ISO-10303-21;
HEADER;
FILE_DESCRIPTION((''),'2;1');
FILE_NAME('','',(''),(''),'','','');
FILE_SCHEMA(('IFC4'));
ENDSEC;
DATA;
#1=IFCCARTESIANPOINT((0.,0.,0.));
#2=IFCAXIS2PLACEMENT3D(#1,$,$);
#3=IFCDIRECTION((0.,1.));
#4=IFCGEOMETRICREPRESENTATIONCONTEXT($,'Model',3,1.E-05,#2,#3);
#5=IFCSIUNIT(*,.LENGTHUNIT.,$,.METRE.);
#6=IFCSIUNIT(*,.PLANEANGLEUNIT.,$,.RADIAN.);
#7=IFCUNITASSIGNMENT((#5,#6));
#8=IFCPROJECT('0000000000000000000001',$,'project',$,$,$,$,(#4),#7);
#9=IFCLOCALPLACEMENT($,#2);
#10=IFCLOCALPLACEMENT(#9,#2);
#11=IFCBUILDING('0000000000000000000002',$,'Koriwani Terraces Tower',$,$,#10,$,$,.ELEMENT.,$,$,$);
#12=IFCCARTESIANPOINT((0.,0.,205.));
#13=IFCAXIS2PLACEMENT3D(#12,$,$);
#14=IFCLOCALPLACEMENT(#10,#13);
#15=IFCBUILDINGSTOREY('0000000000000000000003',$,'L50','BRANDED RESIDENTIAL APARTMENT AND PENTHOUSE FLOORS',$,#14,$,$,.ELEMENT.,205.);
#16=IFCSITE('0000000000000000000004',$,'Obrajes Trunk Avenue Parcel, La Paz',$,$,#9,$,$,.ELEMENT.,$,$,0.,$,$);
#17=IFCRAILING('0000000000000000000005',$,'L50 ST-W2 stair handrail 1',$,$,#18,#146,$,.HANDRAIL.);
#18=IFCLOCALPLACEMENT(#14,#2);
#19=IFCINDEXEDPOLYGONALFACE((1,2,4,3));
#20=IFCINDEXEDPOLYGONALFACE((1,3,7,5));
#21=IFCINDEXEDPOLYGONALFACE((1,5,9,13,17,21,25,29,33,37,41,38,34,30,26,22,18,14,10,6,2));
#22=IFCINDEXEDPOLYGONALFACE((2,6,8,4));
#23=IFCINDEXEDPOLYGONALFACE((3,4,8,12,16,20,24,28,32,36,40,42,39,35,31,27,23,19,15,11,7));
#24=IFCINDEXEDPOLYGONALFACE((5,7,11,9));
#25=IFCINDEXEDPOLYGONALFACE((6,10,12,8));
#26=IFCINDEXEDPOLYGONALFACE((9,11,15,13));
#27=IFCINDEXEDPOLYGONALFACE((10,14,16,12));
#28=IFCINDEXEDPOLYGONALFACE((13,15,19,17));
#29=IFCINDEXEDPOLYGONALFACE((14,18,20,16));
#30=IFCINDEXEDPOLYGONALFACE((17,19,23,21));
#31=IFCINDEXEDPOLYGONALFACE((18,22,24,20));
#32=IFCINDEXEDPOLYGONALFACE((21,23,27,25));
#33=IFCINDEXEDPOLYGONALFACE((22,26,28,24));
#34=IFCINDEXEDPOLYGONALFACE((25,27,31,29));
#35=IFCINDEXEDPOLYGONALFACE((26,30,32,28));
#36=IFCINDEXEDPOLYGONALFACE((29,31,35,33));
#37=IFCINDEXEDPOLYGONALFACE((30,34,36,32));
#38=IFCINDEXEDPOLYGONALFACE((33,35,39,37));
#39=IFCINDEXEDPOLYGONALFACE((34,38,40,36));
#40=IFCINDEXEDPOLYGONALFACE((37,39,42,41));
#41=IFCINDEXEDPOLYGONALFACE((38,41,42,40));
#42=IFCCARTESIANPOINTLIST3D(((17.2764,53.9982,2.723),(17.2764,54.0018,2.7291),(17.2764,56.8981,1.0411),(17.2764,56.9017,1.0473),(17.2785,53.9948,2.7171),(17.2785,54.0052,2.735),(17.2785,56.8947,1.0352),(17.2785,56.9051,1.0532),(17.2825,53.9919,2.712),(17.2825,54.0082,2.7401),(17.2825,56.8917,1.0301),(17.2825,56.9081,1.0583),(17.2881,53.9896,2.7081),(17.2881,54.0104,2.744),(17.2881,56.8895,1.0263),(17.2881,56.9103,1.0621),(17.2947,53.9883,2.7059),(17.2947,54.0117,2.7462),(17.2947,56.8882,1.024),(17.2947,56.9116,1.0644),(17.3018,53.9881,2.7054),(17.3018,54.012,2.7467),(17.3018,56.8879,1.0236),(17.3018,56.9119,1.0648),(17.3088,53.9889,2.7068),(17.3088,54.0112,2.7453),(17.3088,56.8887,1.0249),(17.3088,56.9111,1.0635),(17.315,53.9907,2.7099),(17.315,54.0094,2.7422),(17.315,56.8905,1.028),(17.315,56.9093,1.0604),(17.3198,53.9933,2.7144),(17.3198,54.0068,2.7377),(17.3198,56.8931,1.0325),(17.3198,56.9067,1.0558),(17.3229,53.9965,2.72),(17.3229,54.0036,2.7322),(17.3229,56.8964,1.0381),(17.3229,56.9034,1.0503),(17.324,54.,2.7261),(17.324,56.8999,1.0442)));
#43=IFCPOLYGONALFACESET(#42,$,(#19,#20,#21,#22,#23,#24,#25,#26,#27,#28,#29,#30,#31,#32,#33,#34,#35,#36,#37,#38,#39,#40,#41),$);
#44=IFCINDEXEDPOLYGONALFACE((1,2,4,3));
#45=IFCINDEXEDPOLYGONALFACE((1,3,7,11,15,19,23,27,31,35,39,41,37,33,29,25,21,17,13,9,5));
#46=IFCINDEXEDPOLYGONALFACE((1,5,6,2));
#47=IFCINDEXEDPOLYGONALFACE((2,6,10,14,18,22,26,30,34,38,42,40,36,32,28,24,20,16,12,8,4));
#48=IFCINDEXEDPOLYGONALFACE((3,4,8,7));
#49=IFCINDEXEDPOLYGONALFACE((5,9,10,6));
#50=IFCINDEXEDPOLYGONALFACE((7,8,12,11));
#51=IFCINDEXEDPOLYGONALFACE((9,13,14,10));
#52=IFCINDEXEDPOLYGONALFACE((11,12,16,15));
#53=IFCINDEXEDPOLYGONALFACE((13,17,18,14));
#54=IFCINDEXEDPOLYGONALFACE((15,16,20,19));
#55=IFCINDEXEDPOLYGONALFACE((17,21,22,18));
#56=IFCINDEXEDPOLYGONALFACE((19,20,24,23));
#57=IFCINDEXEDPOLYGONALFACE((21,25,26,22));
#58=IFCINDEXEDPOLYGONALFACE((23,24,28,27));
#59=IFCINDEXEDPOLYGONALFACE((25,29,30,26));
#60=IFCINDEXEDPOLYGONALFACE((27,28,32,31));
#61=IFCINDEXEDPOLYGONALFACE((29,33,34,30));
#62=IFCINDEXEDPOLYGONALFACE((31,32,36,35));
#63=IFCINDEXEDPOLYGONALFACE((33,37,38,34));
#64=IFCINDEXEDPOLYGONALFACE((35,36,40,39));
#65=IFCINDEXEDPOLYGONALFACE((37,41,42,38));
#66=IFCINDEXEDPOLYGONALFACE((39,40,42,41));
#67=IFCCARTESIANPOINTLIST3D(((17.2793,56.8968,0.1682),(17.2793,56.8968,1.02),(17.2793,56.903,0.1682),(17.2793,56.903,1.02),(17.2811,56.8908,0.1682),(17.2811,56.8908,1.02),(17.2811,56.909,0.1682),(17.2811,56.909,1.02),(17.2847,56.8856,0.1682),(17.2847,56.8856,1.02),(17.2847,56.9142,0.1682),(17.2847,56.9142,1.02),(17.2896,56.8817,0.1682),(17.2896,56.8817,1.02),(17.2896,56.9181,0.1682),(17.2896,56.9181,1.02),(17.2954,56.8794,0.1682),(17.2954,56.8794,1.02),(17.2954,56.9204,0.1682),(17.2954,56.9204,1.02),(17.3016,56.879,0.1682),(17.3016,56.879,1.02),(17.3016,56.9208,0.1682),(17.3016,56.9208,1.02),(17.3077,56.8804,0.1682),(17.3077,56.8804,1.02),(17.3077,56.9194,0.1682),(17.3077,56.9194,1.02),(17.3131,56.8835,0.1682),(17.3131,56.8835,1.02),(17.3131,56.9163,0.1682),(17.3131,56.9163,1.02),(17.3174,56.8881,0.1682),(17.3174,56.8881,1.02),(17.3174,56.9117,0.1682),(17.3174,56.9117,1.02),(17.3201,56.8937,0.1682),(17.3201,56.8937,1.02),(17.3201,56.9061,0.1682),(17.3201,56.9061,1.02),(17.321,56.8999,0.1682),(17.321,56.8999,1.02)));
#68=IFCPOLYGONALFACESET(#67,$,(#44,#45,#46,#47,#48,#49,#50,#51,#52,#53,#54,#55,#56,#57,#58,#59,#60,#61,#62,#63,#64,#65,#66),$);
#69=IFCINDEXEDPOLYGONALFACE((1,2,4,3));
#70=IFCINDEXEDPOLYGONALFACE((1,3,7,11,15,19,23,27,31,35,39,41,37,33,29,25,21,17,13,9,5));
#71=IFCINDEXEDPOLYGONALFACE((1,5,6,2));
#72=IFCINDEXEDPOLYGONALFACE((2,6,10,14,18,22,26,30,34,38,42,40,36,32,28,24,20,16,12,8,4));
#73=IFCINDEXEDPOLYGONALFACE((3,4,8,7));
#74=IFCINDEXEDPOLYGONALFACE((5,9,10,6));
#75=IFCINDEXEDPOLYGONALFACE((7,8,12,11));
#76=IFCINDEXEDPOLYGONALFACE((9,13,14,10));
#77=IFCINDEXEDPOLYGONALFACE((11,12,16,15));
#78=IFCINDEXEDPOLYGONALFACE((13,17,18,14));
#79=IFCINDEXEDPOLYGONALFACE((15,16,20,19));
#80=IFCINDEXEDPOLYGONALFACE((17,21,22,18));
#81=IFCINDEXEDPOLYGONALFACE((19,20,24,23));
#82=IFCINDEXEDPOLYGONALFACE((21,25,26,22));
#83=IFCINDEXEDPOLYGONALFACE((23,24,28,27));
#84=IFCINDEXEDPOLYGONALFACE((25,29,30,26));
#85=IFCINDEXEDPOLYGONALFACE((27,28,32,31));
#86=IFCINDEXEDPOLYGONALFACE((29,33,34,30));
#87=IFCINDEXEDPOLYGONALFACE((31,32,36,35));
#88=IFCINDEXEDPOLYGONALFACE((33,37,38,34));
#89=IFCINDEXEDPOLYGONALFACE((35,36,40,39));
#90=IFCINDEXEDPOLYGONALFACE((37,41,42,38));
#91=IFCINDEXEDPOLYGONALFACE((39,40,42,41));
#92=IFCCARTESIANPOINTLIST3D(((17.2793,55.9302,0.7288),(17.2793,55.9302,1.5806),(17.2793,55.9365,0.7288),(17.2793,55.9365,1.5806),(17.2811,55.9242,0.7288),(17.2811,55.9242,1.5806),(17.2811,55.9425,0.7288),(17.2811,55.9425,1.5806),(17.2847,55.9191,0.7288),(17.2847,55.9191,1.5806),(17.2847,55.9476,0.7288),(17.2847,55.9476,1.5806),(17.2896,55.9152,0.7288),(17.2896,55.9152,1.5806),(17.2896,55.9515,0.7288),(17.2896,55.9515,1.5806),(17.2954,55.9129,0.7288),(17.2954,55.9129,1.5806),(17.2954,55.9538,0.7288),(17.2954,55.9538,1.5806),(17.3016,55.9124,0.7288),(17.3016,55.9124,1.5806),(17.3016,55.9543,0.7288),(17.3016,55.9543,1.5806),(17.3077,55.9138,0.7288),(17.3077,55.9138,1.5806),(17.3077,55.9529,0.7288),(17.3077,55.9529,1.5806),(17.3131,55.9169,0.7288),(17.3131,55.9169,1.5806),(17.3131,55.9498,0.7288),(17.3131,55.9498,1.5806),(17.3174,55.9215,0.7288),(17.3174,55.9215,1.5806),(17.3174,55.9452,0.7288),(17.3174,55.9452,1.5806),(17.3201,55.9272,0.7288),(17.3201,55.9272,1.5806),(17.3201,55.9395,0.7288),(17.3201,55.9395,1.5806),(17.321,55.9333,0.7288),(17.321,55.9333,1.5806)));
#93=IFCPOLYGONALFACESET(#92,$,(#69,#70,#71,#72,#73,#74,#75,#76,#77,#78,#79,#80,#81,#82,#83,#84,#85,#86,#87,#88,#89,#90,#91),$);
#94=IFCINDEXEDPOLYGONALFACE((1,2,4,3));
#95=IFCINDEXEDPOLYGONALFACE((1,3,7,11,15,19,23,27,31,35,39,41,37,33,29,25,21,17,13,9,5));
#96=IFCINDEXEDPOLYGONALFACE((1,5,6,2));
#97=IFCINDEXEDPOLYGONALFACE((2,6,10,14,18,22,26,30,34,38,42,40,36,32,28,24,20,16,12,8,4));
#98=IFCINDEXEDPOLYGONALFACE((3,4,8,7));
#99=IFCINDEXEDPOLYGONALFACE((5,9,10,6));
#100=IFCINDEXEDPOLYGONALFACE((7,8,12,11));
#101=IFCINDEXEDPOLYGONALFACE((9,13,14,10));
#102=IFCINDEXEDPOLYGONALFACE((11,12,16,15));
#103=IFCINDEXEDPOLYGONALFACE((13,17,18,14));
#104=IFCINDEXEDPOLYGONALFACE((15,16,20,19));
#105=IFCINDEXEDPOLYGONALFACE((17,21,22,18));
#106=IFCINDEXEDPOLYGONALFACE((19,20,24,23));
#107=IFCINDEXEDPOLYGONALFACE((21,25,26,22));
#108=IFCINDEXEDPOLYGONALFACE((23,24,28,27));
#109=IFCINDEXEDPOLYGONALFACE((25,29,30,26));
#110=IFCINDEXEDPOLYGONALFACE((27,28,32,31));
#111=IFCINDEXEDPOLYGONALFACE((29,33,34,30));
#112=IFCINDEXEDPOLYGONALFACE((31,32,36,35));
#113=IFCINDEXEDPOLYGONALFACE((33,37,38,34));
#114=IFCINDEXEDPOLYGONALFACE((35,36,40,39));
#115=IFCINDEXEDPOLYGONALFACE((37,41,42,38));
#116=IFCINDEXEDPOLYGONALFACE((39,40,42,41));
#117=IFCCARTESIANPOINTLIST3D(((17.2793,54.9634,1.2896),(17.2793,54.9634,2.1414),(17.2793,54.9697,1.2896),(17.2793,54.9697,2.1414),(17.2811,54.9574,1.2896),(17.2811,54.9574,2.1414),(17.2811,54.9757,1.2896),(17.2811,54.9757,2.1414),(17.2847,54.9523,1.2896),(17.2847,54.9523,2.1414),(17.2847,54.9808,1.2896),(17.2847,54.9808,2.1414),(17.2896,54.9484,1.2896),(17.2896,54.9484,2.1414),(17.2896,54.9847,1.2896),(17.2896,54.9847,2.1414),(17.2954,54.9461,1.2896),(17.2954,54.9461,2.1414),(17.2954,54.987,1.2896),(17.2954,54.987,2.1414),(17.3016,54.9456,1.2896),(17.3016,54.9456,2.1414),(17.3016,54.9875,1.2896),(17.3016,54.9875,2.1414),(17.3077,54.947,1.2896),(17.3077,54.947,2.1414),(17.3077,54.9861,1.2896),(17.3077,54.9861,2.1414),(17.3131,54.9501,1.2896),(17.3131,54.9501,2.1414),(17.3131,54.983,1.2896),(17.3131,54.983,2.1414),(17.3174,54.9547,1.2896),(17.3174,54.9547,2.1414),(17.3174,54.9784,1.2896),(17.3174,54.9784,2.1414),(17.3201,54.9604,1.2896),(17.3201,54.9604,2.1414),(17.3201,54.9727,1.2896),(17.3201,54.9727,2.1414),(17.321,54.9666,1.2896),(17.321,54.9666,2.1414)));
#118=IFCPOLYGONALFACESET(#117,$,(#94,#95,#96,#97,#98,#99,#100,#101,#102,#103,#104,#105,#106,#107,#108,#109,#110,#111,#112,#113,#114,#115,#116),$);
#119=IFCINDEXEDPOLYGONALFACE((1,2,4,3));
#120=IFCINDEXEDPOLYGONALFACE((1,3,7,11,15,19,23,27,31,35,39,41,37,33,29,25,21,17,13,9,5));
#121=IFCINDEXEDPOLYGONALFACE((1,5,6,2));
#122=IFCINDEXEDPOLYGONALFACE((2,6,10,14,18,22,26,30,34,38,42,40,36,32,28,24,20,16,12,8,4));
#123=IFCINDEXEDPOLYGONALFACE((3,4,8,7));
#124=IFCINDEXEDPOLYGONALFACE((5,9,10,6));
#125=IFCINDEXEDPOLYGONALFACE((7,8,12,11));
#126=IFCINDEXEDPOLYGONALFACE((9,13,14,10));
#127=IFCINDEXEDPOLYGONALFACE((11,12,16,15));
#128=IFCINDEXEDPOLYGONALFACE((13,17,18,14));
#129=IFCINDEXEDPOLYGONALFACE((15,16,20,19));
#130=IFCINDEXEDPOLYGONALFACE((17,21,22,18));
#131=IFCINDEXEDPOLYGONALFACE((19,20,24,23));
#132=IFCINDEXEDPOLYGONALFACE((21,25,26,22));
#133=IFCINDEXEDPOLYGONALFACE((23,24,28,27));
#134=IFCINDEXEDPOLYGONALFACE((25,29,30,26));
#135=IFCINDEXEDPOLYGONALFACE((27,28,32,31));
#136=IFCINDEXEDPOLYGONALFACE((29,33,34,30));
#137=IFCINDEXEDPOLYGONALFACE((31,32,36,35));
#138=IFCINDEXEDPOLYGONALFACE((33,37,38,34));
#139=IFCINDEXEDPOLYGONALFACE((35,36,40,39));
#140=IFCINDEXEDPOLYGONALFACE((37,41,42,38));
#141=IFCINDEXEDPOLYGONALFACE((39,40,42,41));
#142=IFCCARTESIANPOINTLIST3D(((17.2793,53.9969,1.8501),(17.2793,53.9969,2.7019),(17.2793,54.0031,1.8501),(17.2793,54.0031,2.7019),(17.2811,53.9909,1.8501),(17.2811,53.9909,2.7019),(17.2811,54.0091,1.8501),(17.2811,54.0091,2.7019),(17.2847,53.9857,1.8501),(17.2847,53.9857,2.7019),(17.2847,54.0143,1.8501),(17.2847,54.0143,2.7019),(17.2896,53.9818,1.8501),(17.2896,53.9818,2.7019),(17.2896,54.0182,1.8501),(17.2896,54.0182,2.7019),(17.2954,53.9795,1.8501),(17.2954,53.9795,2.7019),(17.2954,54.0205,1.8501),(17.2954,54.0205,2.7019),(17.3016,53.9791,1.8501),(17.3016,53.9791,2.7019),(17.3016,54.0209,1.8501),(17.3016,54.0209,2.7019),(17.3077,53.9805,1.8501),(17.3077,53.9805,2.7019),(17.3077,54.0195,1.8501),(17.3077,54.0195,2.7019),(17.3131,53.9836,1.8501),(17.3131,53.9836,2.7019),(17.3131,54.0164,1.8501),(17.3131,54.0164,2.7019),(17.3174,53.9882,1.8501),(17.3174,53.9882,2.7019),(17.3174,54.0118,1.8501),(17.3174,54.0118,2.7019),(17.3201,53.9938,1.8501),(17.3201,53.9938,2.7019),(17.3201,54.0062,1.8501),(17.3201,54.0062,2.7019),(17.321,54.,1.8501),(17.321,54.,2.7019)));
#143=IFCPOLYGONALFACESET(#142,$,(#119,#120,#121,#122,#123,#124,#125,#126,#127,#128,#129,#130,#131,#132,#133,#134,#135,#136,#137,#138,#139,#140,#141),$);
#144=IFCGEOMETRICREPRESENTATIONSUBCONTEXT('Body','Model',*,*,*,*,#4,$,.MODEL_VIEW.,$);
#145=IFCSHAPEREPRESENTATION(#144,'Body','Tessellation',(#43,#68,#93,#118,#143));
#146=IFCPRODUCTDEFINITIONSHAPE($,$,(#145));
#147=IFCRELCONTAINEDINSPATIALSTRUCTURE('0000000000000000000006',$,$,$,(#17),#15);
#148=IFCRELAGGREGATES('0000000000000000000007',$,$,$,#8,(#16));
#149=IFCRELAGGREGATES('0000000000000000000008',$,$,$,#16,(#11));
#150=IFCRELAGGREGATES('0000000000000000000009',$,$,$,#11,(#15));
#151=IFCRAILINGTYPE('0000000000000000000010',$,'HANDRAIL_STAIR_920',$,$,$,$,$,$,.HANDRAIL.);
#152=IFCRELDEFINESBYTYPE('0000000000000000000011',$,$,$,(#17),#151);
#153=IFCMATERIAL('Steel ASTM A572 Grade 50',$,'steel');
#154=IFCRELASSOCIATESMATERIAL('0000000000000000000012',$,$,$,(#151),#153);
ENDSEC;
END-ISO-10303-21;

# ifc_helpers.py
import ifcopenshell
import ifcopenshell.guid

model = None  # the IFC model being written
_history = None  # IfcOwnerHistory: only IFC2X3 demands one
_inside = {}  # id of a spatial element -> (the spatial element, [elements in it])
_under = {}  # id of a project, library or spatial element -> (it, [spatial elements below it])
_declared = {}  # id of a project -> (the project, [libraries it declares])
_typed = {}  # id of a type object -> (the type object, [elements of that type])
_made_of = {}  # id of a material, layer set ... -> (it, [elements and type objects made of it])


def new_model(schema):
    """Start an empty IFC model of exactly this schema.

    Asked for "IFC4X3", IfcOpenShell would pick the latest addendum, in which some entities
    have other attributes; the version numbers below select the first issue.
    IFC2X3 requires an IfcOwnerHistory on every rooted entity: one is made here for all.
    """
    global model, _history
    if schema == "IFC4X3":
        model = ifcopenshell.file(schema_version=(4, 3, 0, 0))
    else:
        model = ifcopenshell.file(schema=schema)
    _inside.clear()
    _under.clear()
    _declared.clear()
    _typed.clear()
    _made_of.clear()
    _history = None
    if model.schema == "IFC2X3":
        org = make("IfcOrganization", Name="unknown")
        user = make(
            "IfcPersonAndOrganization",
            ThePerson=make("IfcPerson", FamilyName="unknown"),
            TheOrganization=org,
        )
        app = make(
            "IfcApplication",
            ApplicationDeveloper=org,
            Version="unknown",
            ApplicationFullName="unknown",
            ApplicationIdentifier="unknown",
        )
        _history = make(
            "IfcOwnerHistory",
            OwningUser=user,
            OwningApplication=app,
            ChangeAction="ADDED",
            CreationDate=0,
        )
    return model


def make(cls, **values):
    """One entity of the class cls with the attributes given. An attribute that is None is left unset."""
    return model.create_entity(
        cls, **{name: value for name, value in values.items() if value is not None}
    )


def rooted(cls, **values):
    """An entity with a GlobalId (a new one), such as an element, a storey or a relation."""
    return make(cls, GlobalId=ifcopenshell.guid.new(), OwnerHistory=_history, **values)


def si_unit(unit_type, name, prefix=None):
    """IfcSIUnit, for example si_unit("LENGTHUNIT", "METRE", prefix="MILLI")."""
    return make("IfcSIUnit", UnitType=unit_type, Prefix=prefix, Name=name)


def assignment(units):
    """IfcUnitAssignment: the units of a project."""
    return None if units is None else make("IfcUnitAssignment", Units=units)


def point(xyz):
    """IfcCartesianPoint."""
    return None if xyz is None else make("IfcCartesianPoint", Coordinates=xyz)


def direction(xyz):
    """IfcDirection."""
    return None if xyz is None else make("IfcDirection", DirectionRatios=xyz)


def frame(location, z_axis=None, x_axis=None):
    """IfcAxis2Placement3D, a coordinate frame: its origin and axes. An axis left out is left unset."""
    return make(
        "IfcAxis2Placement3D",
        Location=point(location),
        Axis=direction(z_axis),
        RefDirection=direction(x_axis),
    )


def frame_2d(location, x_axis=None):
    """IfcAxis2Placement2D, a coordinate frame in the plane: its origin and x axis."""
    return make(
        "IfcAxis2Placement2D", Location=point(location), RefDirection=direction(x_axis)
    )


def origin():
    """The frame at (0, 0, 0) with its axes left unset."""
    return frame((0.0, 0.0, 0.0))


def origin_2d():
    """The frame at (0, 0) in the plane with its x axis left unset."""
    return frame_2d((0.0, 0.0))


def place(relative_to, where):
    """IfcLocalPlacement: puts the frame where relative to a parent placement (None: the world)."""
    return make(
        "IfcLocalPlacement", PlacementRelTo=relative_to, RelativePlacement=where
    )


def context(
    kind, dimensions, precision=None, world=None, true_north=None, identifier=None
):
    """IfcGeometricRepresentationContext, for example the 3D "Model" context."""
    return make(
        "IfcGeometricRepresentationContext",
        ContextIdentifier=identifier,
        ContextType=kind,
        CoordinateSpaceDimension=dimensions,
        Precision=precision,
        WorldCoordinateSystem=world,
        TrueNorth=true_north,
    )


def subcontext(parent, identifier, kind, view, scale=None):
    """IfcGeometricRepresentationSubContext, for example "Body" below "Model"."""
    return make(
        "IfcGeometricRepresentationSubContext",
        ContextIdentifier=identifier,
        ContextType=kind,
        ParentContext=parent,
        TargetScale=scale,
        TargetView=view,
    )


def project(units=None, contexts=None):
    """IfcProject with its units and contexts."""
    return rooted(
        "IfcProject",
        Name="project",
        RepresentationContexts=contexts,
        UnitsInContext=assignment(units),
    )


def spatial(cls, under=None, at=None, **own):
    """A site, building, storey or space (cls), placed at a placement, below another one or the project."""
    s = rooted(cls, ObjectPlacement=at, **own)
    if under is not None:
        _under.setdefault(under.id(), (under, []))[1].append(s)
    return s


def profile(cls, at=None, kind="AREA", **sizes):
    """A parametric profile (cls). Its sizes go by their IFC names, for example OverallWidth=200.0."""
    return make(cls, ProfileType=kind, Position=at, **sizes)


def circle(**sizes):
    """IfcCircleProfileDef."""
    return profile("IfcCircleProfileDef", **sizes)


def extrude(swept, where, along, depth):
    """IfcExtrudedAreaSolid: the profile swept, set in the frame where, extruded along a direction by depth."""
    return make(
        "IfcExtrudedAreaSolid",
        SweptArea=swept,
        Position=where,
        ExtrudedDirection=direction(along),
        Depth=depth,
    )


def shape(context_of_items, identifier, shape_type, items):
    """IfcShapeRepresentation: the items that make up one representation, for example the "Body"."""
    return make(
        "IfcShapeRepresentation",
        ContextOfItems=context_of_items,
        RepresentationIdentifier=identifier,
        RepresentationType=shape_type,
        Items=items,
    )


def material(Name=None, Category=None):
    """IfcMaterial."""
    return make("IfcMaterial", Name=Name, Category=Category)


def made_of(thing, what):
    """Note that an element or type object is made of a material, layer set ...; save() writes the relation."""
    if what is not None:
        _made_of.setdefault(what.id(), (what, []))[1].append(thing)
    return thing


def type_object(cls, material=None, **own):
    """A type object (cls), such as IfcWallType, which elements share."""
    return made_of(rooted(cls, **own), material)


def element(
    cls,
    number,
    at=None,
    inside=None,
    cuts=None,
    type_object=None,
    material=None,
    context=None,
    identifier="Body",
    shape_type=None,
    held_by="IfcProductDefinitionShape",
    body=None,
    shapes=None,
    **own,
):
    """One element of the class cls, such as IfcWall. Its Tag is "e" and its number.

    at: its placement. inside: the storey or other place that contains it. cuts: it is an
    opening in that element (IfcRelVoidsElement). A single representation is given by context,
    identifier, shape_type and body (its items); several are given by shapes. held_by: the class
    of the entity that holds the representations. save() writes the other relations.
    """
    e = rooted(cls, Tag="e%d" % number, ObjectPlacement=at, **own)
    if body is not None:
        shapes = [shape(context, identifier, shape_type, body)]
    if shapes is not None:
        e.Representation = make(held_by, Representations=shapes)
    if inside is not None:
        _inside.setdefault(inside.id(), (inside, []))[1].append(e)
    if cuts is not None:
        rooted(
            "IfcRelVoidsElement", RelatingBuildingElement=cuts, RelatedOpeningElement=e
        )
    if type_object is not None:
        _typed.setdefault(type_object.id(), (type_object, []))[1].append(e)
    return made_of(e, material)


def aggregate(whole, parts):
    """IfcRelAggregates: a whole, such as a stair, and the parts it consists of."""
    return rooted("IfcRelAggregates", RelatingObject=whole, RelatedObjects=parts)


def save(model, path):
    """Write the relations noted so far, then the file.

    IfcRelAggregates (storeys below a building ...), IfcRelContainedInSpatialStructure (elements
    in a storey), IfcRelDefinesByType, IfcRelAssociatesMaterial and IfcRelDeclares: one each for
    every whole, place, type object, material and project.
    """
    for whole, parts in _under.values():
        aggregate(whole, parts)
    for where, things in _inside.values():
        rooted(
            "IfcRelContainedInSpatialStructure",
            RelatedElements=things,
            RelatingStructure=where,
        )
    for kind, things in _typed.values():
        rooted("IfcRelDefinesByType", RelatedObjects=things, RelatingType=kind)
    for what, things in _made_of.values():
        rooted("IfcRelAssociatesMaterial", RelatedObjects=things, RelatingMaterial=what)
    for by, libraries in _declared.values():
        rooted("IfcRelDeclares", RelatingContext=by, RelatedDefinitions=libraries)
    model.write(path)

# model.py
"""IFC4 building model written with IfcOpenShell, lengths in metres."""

from ifc_helpers import new_model, si_unit, direction, frame, origin, origin_2d, place, context, subcontext, project, spatial, circle, extrude, material, type_object, element, save


model = new_model("IFC4")

# Units and contexts
model_context = context("Model", 3, precision=1e-05, world=origin(), true_north=direction((0.0, 1.0)))
body_context = subcontext(model_context, "Body", "Model", "MODEL_VIEW")
ifc_project = project(units=[si_unit("LENGTHUNIT", "METRE"), si_unit("PLANEANGLEUNIT", "RADIAN")], contexts=[model_context])

# Site, building, storey
site_placement = place(None, origin())
site = spatial("IfcSite", under=ifc_project, at=site_placement, Name="Obrajes Trunk Avenue Parcel, La Paz", CompositionType="ELEMENT", RefElevation=0.0)
building_placement = place(site_placement, origin())
building = spatial("IfcBuilding", under=site, at=building_placement, Name="Koriwani Terraces Tower", CompositionType="ELEMENT")
storey_placement = place(building_placement, frame((0.0, 0.0, 205.0)))
storey = spatial("IfcBuildingStorey", under=building, at=storey_placement, Name="L50", Description="BRANDED RESIDENTIAL APARTMENT AND PENTHOUSE FLOORS", CompositionType="ELEMENT", Elevation=205.0)

# Shared definitions
ifc_material_1 = material(Name="Steel ASTM A572 Grade 50", Category="steel")

# Railing
railing_type = type_object("IfcRailingType", Name="HANDRAIL_STAIR_920", PredefinedType="HANDRAIL", material=ifc_material_1)
railing_placement = place(storey_placement, frame((17.3, 56.8999, 0.1682)))
element("IfcRailing", 1, at=railing_placement, inside=storey, type_object=railing_type, Name="L50 ST-W2 stair handrail 1", PredefinedType="HANDRAIL", context=body_context, shape_type="SweptSolid", body=[
    extrude(circle(Radius=0.0239, at=origin_2d()), frame((0.0, 0.0, 0.876), z_axis=(0.0, -0.865039, 0.501705), x_axis=(1.0, 0.0, 0.0)), (0.0, 0.0, 1.0), 3.3523),
    extrude(circle(Radius=0.021, at=origin_2d()), origin(), (0.0, 0.0, 1.0), 0.8518),
    extrude(circle(Radius=0.021, at=origin_2d()), frame((0.0, -0.9666, 0.5605)), (0.0, 0.0, 1.0), 0.8518),
    extrude(circle(Radius=0.021, at=origin_2d()), frame((0.0, -1.9333, 1.1213)), (0.0, 0.0, 1.0), 0.8518),
    extrude(circle(Radius=0.021, at=origin_2d()), frame((0.0, -2.8999, 1.6819)), (0.0, 0.0, 1.0), 0.8518),
])

save(model, "model.ifc")
